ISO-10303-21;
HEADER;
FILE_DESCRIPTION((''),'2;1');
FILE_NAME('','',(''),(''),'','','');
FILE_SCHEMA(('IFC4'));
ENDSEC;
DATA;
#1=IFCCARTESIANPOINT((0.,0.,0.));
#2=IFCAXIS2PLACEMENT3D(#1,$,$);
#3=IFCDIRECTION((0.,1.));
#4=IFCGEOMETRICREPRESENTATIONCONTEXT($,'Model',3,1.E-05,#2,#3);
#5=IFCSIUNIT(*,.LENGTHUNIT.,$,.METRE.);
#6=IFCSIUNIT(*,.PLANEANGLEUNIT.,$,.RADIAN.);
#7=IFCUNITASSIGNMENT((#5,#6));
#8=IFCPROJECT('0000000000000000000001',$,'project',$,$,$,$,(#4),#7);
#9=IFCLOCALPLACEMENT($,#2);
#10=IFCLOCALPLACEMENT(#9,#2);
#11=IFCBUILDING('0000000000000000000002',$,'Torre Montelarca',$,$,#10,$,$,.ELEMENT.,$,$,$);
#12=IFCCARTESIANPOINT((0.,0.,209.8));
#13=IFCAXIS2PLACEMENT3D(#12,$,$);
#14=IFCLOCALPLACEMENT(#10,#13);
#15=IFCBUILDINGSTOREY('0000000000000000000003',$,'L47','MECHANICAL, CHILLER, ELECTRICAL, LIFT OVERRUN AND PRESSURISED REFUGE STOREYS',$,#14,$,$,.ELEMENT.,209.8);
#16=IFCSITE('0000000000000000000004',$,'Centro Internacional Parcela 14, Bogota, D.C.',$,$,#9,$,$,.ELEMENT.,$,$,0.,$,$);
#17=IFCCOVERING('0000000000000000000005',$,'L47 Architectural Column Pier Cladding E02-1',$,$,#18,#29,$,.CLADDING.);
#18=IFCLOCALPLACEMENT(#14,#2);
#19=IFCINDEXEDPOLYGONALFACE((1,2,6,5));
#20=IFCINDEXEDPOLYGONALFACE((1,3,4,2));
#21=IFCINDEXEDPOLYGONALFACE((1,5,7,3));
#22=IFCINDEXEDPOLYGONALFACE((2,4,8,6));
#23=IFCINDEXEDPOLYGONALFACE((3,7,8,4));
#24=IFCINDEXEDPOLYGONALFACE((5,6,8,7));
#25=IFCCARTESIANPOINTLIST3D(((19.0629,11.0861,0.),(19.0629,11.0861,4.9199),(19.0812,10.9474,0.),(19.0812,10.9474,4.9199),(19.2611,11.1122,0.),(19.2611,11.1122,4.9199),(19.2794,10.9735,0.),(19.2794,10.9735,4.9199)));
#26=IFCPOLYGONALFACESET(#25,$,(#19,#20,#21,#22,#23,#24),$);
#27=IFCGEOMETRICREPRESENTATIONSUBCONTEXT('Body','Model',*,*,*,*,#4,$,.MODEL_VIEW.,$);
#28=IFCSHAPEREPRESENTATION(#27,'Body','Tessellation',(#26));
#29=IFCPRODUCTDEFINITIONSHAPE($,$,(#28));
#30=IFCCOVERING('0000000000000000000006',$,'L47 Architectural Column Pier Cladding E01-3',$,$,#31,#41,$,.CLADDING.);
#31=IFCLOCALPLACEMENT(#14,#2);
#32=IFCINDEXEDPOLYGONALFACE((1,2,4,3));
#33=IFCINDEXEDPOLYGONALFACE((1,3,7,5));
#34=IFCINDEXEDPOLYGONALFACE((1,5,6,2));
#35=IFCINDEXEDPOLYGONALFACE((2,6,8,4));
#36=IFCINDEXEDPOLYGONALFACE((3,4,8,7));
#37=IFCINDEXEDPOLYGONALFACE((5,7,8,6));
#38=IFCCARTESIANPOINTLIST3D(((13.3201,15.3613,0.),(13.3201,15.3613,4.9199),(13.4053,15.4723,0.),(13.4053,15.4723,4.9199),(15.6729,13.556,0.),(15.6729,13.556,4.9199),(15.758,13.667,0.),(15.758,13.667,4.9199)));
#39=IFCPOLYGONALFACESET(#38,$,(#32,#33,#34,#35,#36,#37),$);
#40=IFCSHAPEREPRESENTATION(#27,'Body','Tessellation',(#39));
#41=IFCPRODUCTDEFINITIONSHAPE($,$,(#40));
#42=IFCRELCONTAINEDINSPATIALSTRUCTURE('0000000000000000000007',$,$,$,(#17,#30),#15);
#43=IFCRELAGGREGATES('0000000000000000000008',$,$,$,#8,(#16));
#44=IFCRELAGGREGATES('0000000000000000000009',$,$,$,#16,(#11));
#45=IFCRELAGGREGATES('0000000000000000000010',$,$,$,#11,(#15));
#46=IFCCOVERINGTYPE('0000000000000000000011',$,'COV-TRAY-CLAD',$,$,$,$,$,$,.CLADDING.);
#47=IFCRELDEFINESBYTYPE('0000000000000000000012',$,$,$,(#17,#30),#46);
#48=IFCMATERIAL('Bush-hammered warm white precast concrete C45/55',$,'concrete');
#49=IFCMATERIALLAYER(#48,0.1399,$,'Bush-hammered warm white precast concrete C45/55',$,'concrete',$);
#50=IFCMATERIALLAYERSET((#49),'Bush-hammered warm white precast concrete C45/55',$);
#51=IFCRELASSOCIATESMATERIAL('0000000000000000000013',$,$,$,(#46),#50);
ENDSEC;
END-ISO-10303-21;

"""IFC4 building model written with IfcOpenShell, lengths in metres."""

from ifc_helpers import new_model, si_unit, direction, frame, origin, origin_2d, place, context, subcontext, project, spatial, rectangle, extrude, source, transform, mapped, material, layer, layer_set, type_object, element, save


model = new_model("IFC4")

# Units and contexts
model_context = context("Model", 3, precision=1e-05, world=origin(), true_north=direction((0.0, 1.0)))
body_context = subcontext(model_context, "Body", "Model", "MODEL_VIEW")
ifc_project = project(units=[si_unit("LENGTHUNIT", "METRE"), si_unit("PLANEANGLEUNIT", "RADIAN")], contexts=[model_context])

# Site, building, storey
site_placement = place(None, origin())
site = spatial("IfcSite", under=ifc_project, at=site_placement, Name="Centro Internacional Parcela 14, Bogota, D.C.", CompositionType="ELEMENT", RefElevation=0.0)
building_placement = place(site_placement, origin())
building = spatial("IfcBuilding", under=site, at=building_placement, Name="Torre Montelarca", CompositionType="ELEMENT")
storey_placement = place(building_placement, frame((0.0, 0.0, 209.8)))
storey = spatial("IfcBuildingStorey", under=building, at=storey_placement, Name="L47", Description="MECHANICAL, CHILLER, ELECTRICAL, LIFT OVERRUN AND PRESSURISED REFUGE STOREYS", CompositionType="ELEMENT", Elevation=209.8)

# Coverings
ifc_material_1 = material(Name="Bush-hammered warm white precast concrete C45/55", Category="concrete")
ifc_layer_1 = layer(ifc_material_1, 0.1399, Name="Bush-hammered warm white precast concrete C45/55", Category="concrete")
ifc_layer_set_1 = layer_set([ifc_layer_1], Name="Bush-hammered warm white precast concrete C45/55")
covering_type = type_object("IfcCoveringType", Name="COV-TRAY-CLAD", PredefinedType="CLADDING", material=ifc_layer_set_1)
shared_shape_1 = source(origin(), body_context, "Body", "SweptSolid", [
    extrude(rectangle(XDim=0.2, YDim=0.1399, at=origin_2d()), origin(), (0.0, 0.0, 1.0), 4.9199),
])
for number, where, z_axis, x_axis, name in (
    (1, (19.1711, 11.0298, 0.0), (0.0, 0.0, 1.0), (0.991447, 0.130512, 0.0), "L47 Architectural Column Pier Cladding E02-1"),
):
    element("IfcCovering", number, at=place(storey_placement, frame(where, z_axis=z_axis, x_axis=x_axis)), inside=storey, type_object=covering_type, Name=name, PredefinedType="CLADDING", context=body_context, shape_type="MappedRepresentation", body=[
        mapped(shared_shape_1, transform((0.0, 0.0, 0.0), scale=1.0)),
    ])
shared_shape_2 = source(origin(), body_context, "Body", "SweptSolid", [
    extrude(rectangle(XDim=2.9656, YDim=0.1399, at=origin_2d()), origin(), (0.0, 0.0, 1.0), 4.9199),
])
covering_1_placement = place(storey_placement, frame((14.5391, 14.5142, 0.0), z_axis=(0.0, 0.0, 1.0), x_axis=(0.793352, -0.608763, 0.0)))
element("IfcCovering", 2, at=covering_1_placement, inside=storey, type_object=covering_type, Name="L47 Architectural Column Pier Cladding E01-3", PredefinedType="CLADDING", context=body_context, shape_type="MappedRepresentation", body=[
    mapped(shared_shape_2, transform((0.0, 0.0, 0.0), scale=1.0)),
])

save(model, "model.ifc")
